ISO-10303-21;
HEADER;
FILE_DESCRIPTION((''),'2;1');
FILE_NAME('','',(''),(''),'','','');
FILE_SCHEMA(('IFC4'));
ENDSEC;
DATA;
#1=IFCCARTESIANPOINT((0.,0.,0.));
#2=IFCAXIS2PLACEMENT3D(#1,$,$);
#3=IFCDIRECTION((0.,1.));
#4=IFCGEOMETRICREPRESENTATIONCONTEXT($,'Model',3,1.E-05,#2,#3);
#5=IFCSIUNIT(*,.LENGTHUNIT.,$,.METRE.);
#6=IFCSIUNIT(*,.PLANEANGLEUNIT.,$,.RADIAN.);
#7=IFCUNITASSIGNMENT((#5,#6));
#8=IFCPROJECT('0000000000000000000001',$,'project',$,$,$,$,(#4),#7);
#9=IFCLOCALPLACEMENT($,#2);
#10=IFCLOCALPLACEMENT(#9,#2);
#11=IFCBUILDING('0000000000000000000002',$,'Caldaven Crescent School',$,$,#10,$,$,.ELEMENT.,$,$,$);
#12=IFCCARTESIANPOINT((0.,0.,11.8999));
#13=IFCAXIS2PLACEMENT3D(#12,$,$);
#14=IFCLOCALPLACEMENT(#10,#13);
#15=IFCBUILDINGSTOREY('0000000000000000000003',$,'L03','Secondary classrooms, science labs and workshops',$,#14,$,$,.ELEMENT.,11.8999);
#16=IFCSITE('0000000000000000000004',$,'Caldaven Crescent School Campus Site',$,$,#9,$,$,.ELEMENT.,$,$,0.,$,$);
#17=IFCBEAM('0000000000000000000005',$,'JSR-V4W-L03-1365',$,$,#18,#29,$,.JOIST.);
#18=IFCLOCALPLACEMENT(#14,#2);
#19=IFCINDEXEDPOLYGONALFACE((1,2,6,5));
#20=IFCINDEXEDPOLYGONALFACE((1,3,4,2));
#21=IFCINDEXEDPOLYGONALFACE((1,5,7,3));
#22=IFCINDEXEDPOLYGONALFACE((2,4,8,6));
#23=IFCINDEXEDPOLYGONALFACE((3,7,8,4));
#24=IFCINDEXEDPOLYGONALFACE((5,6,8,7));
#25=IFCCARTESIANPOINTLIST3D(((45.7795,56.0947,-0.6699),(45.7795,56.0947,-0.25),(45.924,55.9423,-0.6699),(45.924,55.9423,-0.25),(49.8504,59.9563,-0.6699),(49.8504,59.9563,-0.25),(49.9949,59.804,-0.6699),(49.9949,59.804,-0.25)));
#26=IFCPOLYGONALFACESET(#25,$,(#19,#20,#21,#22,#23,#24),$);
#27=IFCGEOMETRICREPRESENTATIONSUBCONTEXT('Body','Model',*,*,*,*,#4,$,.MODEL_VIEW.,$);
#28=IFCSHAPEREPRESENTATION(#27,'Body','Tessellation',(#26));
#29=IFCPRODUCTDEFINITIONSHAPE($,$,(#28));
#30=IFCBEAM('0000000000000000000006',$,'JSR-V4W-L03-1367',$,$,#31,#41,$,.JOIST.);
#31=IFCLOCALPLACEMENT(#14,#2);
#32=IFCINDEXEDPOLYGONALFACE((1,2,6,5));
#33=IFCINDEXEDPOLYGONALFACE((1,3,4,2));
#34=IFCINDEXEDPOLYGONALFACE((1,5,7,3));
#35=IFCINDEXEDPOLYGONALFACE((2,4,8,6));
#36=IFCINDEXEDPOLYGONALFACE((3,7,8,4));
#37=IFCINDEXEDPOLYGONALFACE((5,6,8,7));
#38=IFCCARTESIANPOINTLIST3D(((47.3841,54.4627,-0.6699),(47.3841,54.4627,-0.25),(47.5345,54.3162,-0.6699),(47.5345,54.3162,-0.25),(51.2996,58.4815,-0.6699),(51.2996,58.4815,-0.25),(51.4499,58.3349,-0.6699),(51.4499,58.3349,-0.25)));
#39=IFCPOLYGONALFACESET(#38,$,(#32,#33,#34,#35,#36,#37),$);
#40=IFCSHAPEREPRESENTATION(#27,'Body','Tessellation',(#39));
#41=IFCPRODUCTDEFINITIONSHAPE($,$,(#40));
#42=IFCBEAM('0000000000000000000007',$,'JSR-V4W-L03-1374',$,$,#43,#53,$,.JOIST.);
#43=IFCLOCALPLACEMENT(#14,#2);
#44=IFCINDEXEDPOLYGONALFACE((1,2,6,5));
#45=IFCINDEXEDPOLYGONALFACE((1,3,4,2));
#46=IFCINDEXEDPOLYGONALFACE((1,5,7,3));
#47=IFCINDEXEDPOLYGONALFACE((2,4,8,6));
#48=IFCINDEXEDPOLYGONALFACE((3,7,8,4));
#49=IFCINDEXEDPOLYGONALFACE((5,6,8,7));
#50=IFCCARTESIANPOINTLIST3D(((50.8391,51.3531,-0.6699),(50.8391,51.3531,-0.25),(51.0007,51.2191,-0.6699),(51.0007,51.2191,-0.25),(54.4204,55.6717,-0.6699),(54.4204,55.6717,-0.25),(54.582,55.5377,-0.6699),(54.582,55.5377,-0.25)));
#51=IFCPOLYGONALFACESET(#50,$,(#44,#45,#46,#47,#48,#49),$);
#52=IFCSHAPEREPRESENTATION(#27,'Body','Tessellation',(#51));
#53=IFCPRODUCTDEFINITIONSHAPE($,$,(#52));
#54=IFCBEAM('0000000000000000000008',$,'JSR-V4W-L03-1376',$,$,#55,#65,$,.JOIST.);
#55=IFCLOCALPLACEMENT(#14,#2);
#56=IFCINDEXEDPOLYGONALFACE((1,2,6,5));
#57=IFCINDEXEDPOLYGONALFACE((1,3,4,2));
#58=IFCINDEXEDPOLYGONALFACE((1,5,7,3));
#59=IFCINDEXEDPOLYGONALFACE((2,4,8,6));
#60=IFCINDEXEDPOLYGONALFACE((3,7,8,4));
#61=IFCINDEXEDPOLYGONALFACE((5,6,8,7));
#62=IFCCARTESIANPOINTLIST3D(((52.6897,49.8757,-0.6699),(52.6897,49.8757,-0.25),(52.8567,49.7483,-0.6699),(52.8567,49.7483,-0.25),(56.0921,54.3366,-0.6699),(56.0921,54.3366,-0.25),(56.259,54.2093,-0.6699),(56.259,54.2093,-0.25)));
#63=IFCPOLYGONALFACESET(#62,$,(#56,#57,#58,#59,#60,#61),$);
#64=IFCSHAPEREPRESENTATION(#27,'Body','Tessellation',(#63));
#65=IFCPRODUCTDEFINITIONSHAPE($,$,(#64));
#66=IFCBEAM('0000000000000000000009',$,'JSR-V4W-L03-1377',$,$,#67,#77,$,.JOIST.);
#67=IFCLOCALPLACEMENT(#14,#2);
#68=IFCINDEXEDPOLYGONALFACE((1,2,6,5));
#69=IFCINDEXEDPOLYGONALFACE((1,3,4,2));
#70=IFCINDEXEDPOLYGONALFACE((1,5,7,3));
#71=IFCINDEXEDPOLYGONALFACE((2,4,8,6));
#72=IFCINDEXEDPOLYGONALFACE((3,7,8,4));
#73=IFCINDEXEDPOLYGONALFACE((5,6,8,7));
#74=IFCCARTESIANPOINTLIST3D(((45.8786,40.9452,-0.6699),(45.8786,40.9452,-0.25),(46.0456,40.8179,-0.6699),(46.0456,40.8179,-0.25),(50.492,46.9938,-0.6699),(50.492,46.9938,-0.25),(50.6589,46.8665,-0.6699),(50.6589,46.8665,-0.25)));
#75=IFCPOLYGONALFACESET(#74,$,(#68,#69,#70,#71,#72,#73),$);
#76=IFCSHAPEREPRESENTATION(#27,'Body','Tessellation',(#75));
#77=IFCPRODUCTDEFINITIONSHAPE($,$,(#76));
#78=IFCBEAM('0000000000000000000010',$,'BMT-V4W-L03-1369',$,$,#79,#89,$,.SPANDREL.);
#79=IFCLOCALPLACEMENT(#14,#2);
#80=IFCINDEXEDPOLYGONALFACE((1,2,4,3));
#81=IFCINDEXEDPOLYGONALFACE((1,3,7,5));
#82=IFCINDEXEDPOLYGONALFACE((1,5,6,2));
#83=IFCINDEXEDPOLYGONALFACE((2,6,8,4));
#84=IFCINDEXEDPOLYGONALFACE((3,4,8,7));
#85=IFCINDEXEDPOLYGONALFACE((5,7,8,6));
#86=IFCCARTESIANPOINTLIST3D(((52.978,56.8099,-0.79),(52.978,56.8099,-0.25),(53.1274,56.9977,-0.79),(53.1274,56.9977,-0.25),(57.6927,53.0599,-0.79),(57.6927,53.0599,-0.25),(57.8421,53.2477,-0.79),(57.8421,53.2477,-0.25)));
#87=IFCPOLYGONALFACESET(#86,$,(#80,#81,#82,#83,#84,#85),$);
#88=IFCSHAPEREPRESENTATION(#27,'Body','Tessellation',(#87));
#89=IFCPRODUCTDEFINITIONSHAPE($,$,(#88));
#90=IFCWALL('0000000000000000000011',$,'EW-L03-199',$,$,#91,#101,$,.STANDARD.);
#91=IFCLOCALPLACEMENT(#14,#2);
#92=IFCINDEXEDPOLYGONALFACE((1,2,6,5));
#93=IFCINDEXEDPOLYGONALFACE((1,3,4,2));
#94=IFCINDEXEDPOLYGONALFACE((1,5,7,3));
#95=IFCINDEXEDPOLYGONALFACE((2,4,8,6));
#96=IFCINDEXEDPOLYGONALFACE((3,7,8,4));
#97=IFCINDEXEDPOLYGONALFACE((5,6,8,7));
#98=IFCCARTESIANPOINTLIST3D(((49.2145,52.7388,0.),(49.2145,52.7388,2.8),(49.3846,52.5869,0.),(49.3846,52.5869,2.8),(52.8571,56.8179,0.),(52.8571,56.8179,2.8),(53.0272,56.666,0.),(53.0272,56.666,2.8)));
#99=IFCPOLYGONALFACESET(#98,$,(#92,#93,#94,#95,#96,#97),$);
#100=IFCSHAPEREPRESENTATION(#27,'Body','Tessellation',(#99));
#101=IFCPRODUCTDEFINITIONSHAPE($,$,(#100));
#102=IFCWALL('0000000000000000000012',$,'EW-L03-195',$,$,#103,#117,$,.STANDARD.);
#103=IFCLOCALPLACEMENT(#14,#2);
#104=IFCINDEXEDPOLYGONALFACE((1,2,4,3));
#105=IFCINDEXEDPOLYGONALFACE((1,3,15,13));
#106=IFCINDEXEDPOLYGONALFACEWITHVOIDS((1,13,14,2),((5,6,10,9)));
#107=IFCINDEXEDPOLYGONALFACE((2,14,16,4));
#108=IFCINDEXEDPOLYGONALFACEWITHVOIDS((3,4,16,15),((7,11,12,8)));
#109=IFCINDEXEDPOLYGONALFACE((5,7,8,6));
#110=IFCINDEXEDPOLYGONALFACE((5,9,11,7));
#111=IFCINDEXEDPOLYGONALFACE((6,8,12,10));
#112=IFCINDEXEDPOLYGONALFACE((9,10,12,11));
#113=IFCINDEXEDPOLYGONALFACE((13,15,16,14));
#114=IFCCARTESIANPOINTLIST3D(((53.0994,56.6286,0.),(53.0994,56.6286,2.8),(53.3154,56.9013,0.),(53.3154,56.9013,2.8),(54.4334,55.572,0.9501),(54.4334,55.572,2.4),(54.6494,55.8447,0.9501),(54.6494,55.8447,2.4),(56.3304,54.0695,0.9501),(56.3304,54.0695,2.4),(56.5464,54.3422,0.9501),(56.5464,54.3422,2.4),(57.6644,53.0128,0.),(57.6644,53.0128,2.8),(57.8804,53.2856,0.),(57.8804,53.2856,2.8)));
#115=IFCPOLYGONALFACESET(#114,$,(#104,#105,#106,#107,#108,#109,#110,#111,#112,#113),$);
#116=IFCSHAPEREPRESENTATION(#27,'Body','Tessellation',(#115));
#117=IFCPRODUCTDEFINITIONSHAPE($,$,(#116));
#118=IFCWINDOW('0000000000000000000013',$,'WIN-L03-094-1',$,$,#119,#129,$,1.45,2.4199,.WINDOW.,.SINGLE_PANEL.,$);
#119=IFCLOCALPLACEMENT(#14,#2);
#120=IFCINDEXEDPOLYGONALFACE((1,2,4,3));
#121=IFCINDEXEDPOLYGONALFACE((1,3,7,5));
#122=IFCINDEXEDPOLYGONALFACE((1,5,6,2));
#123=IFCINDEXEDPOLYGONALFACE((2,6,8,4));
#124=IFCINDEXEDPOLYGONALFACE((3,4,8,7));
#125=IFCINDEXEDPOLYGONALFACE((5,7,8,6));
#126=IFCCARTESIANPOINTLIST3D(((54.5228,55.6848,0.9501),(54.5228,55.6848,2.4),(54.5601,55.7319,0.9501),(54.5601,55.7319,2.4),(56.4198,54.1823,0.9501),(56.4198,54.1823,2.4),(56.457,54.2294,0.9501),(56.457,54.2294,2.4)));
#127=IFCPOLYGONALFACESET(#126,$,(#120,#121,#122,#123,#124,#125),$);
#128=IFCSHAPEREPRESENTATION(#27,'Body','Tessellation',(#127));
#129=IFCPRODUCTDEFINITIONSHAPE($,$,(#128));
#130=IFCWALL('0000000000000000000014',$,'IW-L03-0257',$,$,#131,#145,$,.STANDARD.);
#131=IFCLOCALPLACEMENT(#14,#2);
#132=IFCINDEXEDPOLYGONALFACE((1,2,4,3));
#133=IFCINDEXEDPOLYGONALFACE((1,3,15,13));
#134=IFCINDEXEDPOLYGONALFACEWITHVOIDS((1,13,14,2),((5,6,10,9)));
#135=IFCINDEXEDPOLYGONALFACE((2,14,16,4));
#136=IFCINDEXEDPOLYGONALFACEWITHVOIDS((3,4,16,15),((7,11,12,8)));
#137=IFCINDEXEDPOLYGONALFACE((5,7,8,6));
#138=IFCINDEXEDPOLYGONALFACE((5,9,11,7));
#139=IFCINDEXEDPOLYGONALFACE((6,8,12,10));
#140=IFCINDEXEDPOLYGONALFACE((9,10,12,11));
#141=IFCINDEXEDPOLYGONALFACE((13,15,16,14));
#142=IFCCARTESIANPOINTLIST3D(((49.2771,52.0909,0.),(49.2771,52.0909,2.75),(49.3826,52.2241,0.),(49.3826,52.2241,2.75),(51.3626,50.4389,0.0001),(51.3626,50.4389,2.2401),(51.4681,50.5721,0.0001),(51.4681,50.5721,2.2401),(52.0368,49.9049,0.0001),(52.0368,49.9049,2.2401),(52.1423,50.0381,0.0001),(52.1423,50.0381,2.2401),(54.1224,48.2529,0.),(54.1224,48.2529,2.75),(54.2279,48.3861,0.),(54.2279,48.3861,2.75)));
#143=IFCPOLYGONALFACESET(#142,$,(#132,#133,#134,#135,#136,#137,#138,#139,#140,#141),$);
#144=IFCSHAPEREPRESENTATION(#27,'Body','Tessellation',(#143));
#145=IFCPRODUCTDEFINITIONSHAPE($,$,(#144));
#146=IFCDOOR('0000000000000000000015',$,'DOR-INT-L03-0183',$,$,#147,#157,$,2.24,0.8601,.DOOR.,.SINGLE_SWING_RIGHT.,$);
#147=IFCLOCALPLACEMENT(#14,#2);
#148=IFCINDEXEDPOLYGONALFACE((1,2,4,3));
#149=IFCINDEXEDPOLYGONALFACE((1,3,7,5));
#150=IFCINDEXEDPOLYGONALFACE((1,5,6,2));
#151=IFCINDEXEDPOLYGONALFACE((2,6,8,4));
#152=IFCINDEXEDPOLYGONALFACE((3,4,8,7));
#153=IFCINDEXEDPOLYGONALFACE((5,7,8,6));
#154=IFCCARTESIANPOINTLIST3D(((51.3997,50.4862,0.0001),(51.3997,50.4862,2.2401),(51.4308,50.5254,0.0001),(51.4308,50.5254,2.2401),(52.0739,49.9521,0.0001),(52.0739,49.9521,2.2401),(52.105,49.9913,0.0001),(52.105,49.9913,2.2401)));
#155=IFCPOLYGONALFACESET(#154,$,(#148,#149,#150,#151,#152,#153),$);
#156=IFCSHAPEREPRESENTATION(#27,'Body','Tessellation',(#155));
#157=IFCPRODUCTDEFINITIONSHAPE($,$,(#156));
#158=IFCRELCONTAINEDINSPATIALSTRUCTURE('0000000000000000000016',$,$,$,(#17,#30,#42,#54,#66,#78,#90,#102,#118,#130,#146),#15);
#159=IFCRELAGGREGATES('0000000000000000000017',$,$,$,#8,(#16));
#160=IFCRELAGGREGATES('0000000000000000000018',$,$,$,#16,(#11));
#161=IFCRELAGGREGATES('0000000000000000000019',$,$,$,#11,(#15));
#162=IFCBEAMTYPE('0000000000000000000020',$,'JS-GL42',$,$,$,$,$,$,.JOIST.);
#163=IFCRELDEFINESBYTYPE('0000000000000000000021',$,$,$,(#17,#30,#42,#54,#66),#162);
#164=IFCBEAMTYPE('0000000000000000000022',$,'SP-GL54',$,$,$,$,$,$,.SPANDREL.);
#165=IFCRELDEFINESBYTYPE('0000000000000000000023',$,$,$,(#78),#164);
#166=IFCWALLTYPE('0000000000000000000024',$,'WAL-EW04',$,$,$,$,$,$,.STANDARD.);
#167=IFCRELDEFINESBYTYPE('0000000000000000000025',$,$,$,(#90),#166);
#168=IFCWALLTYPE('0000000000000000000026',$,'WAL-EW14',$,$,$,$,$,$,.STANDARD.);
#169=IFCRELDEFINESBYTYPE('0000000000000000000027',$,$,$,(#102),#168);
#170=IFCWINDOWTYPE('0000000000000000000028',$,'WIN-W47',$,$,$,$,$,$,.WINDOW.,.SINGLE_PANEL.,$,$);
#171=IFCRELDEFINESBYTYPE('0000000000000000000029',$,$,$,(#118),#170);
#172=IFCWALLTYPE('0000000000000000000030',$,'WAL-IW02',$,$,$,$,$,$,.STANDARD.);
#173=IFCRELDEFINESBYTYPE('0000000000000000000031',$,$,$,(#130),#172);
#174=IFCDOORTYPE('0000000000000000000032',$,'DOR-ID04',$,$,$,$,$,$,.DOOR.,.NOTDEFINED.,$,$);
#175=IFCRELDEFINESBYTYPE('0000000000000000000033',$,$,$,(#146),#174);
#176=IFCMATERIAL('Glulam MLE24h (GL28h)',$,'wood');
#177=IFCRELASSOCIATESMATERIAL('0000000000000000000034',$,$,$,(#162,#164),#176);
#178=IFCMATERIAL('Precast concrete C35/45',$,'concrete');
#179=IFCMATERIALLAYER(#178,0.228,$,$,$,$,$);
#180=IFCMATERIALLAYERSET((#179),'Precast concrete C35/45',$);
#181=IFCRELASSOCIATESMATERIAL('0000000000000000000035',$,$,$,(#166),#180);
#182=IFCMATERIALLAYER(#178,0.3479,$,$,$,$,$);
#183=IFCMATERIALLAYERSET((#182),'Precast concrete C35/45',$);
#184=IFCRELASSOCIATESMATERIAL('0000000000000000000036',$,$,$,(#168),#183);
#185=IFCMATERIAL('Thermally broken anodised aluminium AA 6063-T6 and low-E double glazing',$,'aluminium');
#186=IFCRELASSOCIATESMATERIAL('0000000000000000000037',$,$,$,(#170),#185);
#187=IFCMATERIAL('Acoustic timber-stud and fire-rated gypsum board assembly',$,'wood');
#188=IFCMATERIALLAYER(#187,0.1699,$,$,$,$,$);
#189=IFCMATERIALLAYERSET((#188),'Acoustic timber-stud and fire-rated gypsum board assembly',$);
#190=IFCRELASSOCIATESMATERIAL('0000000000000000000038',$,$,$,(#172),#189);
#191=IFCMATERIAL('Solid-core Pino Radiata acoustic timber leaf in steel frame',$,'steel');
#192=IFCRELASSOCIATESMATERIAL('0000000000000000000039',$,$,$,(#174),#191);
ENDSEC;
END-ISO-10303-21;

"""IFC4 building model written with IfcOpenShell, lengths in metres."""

from ifc_helpers import new_model, si_unit, direction, frame, frame_2d, origin, origin_2d, place, context, subcontext, project, spatial, rectangle, extrude, material, layer, layer_set, material_profile, profile_set, type_object, element, fill, save


model = new_model("IFC4")

# Units and contexts
model_context = context("Model", 3, precision=1e-05, world=origin(), true_north=direction((0.0, 1.0)))
body_context = subcontext(model_context, "Body", "Model", "MODEL_VIEW")
ifc_project = project(units=[si_unit("LENGTHUNIT", "METRE"), si_unit("PLANEANGLEUNIT", "RADIAN")], contexts=[model_context])

# Site, building, storey
site_placement = place(None, origin())
site = spatial("IfcSite", under=ifc_project, at=site_placement, Name="Caldaven Crescent School Campus Site", CompositionType="ELEMENT", RefElevation=0.0)
building_placement = place(site_placement, origin())
building = spatial("IfcBuilding", under=site, at=building_placement, Name="Caldaven Crescent School", CompositionType="ELEMENT")
storey_placement = place(building_placement, frame((0.0, 0.0, 11.8999)))
storey = spatial("IfcBuildingStorey", under=building, at=storey_placement, Name="L03", Description="Secondary classrooms, science labs and workshops", CompositionType="ELEMENT", Elevation=11.8999)

# Shared definitions
ifc_material_1 = material(Name="Glulam MLE24h (GL28h)", Category="wood")

# Beams
ifc_material_profile_1 = material_profile(ifc_material_1, rectangle(XDim=0.21, YDim=0.4199, at=origin_2d()), Name="MLE 210x420")
ifc_profile_set_1 = profile_set([ifc_material_profile_1], Name="Glulam MLE24h (GL28h)")
beam_type_1 = type_object("IfcBeamType", Name="JS-GL42", PredefinedType="JOIST", material=ifc_profile_set_1)
beam_1_placement = place(storey_placement, frame((49.9226, 59.8801, -0.46), z_axis=(-0.725505, -0.688216, 0.0), x_axis=(0.688216, -0.725505, 0.0)))
element("IfcBeam", 1, at=beam_1_placement, inside=storey, type_object=beam_type_1, Name="JSR-V4W-L03-1365", PredefinedType="JOIST", context=body_context, shape_type="SweptSolid", body=[
    extrude(rectangle(XDim=0.21, YDim=0.4199, at=origin_2d()), origin(), (0.0, 0.0, 1.0), 5.6111),
])
beam_2_placement = place(storey_placement, frame((51.3748, 58.4082, -0.46), z_axis=(-0.697844, -0.71625, 0.0), x_axis=(0.71625, -0.697844, 0.0)))
element("IfcBeam", 2, at=beam_2_placement, inside=storey, type_object=beam_type_1, Name="JSR-V4W-L03-1367", PredefinedType="JOIST", context=body_context, shape_type="SweptSolid", body=[
    extrude(rectangle(XDim=0.21, YDim=0.4199, at=origin_2d()), origin(), (0.0, 0.0, 1.0), 5.6108),
])
for number, where, z_axis, x_axis, name in (
    (3, (54.5012, 55.6047, -0.46), (-0.638338, -0.769756, 0.0), (0.769756, -0.638338, 0.0), "JSR-V4W-L03-1374"),
    (4, (56.1755, 54.2729, -0.46), (-0.606442, -0.795128, 0.0), (0.795128, -0.606442, 0.0), "JSR-V4W-L03-1376"),
):
    element("IfcBeam", number, at=place(storey_placement, frame(where, z_axis=z_axis, x_axis=x_axis)), inside=storey, type_object=beam_type_1, Name=name, PredefinedType="JOIST", context=body_context, shape_type="SweptSolid", body=[
        extrude(rectangle(XDim=0.21, YDim=0.4199, at=origin_2d()), origin(), (0.0, 0.0, 1.0), 5.6104),
    ])
beam_3_placement = place(storey_placement, frame((50.5754, 46.9302, -0.46), z_axis=(-0.606445, -0.795125, 0.0), x_axis=(0.795125, -0.606445, 0.0)))
element("IfcBeam", 5, at=beam_3_placement, inside=storey, type_object=beam_type_1, Name="JSR-V4W-L03-1377", PredefinedType="JOIST", context=body_context, shape_type="SweptSolid", body=[
    extrude(rectangle(XDim=0.21, YDim=0.4199, at=origin_2d()), origin(), (0.0, 0.0, 1.0), 7.6072),
])
ifc_material_profile_2 = material_profile(ifc_material_1, rectangle(XDim=0.24, YDim=0.54, at=origin_2d()), Name="MLE 240x540")
ifc_profile_set_2 = profile_set([ifc_material_profile_2], Name="Glulam MLE24h (GL28h)")
beam_type_2 = type_object("IfcBeamType", Name="SP-GL54", PredefinedType="SPANDREL", material=ifc_profile_set_2)
beam_4_placement = place(storey_placement, frame((53.0527, 56.9038, -0.52), z_axis=(0.782621, -0.622498, 0.0), x_axis=(0.622498, 0.782621, 0.0)))
element("IfcBeam", 6, at=beam_4_placement, inside=storey, type_object=beam_type_2, Name="BMT-V4W-L03-1369", PredefinedType="SPANDREL", context=body_context, shape_type="SweptSolid", body=[
    extrude(rectangle(XDim=0.24, YDim=0.54, at=origin_2d()), origin(), (0.0, 0.0, 1.0), 6.0242),
])

# Wall
ifc_material_2 = material(Name="Precast concrete C35/45", Category="concrete")
ifc_layer_1 = layer(ifc_material_2, 0.228)
ifc_layer_set_1 = layer_set([ifc_layer_1], Name="Precast concrete C35/45")
wall_type_1 = type_object("IfcWallType", Name="WAL-EW04", PredefinedType="STANDARD", material=ifc_layer_set_1)
wall_1_placement = place(storey_placement, frame((52.9421, 56.7419, 0.0), z_axis=(0.0, 0.0, 1.0), x_axis=(-0.666069, -0.74589, 0.0)))
element("IfcWall", 7, at=wall_1_placement, inside=storey, type_object=wall_type_1, Name="EW-L03-199", PredefinedType="STANDARD", context=body_context, shape_type="SweptSolid", body=[
    extrude(rectangle(XDim=5.4688, YDim=0.228, at=frame_2d((2.7344, 0.0))), origin(), (0.0, 0.0, 1.0), 2.8),
])

# Wall, opening, window
ifc_layer_2 = layer(ifc_material_2, 0.3479)
ifc_layer_set_2 = layer_set([ifc_layer_2], Name="Precast concrete C35/45")
wall_type_2 = type_object("IfcWallType", Name="WAL-EW14", PredefinedType="STANDARD", material=ifc_layer_set_2)
wall_2_placement = place(storey_placement, frame((53.2075, 56.7649, 0.0), z_axis=(0.0, 0.0, 1.0), x_axis=(0.783894, -0.620894, 0.0)))
wall_2 = element("IfcWall", 8, at=wall_2_placement, inside=storey, type_object=wall_type_2, Name="EW-L03-195", PredefinedType="STANDARD", context=body_context, shape_type="SweptSolid", body=[
    extrude(rectangle(XDim=5.8235, YDim=0.3479, at=frame_2d((2.9116, 0.0))), origin(), (0.0, 0.0, 1.0), 2.8),
])
opening_1_placement = place(wall_2_placement, frame((1.7017, 0.0, 0.95)))
opening_1 = element("IfcOpeningElement", 9, at=opening_1_placement, cuts=wall_2, PredefinedType="OPENING", context=body_context, shape_type="SweptSolid", body=[
    extrude(rectangle(XDim=2.4199, YDim=1.45, at=frame_2d((1.21, 0.7251))), frame((0.0, 0.1838, 0.0), z_axis=(0.0, -1.0, 0.0), x_axis=(1.0, 0.0, 0.0)), (0.0, 0.0, 1.0), 0.3679),
])
ifc_material_3 = material(Name="Thermally broken anodised aluminium AA 6063-T6 and low-E double glazing", Category="aluminium")
window_type = type_object("IfcWindowType", Name="WIN-W47", PartitioningType="SINGLE_PANEL", PredefinedType="WINDOW", material=ifc_material_3)
window_placement = place(opening_1_placement, origin())
window = element("IfcWindow", 10, at=window_placement, inside=storey, type_object=window_type, Name="WIN-L03-094-1", OverallHeight=1.45, OverallWidth=2.4199, PartitioningType="SINGLE_PANEL", PredefinedType="WINDOW", context=body_context, shape_type="SweptSolid", body=[
    extrude(rectangle(XDim=2.4199, YDim=1.45, at=frame_2d((1.21, 0.7251))), frame((0.0, 0.03, 0.0), z_axis=(0.0, -1.0, 0.0), x_axis=(1.0, 0.0, 0.0)), (0.0, 0.0, 1.0), 0.0601),
])
fill(opening_1, window)

# Wall, opening, door
ifc_material_4 = material(Name="Acoustic timber-stud and fire-rated gypsum board assembly", Category="wood")
ifc_layer_3 = layer(ifc_material_4, 0.1699)
ifc_layer_set_3 = layer_set([ifc_layer_3], Name="Acoustic timber-stud and fire-rated gypsum board assembly")
wall_type_3 = type_object("IfcWallType", Name="WAL-IW02", PredefinedType="STANDARD", material=ifc_layer_set_3)
wall_3_placement = place(storey_placement, frame((49.3298, 52.1575, 0.0), z_axis=(0.0, 0.0, 1.0), x_axis=(0.783881, -0.620911, 0.0)))
wall_3 = element("IfcWall", 11, at=wall_3_placement, inside=storey, type_object=wall_type_3, Name="IW-L03-0257", PredefinedType="STANDARD", context=body_context, shape_type="SweptSolid", body=[
    extrude(rectangle(XDim=6.1812, YDim=0.1699, at=frame_2d((3.0906, 0.0))), origin(), (0.0, 0.0, 1.0), 2.75),
])
opening_2_placement = place(wall_3_placement, frame((2.6604, 0.0, 0.0)))
opening_2 = element("IfcOpeningElement", 12, at=opening_2_placement, cuts=wall_3, PredefinedType="OPENING", context=body_context, shape_type="SweptSolid", body=[
    extrude(rectangle(XDim=0.8601, YDim=2.24, at=frame_2d((0.4302, 1.1201))), frame((0.0, 0.095, 0.0), z_axis=(0.0, -1.0, 0.0), x_axis=(1.0, 0.0, 0.0)), (0.0, 0.0, 1.0), 0.1899),
])
ifc_material_5 = material(Name="Solid-core Pino Radiata acoustic timber leaf in steel frame", Category="steel")
door_type_1 = type_object("IfcDoorType", Name="DOR-ID04", OperationType="NOTDEFINED", PredefinedType="DOOR", material=ifc_material_5)
door_1_placement = place(opening_2_placement, frame((0.8601, 0.0, 0.0), z_axis=(0.0, 0.0, 1.0), x_axis=(-1.0, 0.0, 0.0)))
door_1 = element("IfcDoor", 13, at=door_1_placement, inside=storey, type_object=door_type_1, Name="DOR-INT-L03-0183", OperationType="SINGLE_SWING_RIGHT", OverallHeight=2.24, OverallWidth=0.8601, PredefinedType="DOOR", context=body_context, shape_type="SweptSolid", body=[
    extrude(rectangle(XDim=0.8601, YDim=2.24, at=frame_2d((0.4302, 1.1201))), frame((0.0, 0.0249, 0.0), z_axis=(0.0, -1.0, 0.0), x_axis=(1.0, 0.0, 0.0)), (0.0, 0.0, 1.0), 0.05),
])
fill(opening_2, door_1)

save(model, "model.ifc")
